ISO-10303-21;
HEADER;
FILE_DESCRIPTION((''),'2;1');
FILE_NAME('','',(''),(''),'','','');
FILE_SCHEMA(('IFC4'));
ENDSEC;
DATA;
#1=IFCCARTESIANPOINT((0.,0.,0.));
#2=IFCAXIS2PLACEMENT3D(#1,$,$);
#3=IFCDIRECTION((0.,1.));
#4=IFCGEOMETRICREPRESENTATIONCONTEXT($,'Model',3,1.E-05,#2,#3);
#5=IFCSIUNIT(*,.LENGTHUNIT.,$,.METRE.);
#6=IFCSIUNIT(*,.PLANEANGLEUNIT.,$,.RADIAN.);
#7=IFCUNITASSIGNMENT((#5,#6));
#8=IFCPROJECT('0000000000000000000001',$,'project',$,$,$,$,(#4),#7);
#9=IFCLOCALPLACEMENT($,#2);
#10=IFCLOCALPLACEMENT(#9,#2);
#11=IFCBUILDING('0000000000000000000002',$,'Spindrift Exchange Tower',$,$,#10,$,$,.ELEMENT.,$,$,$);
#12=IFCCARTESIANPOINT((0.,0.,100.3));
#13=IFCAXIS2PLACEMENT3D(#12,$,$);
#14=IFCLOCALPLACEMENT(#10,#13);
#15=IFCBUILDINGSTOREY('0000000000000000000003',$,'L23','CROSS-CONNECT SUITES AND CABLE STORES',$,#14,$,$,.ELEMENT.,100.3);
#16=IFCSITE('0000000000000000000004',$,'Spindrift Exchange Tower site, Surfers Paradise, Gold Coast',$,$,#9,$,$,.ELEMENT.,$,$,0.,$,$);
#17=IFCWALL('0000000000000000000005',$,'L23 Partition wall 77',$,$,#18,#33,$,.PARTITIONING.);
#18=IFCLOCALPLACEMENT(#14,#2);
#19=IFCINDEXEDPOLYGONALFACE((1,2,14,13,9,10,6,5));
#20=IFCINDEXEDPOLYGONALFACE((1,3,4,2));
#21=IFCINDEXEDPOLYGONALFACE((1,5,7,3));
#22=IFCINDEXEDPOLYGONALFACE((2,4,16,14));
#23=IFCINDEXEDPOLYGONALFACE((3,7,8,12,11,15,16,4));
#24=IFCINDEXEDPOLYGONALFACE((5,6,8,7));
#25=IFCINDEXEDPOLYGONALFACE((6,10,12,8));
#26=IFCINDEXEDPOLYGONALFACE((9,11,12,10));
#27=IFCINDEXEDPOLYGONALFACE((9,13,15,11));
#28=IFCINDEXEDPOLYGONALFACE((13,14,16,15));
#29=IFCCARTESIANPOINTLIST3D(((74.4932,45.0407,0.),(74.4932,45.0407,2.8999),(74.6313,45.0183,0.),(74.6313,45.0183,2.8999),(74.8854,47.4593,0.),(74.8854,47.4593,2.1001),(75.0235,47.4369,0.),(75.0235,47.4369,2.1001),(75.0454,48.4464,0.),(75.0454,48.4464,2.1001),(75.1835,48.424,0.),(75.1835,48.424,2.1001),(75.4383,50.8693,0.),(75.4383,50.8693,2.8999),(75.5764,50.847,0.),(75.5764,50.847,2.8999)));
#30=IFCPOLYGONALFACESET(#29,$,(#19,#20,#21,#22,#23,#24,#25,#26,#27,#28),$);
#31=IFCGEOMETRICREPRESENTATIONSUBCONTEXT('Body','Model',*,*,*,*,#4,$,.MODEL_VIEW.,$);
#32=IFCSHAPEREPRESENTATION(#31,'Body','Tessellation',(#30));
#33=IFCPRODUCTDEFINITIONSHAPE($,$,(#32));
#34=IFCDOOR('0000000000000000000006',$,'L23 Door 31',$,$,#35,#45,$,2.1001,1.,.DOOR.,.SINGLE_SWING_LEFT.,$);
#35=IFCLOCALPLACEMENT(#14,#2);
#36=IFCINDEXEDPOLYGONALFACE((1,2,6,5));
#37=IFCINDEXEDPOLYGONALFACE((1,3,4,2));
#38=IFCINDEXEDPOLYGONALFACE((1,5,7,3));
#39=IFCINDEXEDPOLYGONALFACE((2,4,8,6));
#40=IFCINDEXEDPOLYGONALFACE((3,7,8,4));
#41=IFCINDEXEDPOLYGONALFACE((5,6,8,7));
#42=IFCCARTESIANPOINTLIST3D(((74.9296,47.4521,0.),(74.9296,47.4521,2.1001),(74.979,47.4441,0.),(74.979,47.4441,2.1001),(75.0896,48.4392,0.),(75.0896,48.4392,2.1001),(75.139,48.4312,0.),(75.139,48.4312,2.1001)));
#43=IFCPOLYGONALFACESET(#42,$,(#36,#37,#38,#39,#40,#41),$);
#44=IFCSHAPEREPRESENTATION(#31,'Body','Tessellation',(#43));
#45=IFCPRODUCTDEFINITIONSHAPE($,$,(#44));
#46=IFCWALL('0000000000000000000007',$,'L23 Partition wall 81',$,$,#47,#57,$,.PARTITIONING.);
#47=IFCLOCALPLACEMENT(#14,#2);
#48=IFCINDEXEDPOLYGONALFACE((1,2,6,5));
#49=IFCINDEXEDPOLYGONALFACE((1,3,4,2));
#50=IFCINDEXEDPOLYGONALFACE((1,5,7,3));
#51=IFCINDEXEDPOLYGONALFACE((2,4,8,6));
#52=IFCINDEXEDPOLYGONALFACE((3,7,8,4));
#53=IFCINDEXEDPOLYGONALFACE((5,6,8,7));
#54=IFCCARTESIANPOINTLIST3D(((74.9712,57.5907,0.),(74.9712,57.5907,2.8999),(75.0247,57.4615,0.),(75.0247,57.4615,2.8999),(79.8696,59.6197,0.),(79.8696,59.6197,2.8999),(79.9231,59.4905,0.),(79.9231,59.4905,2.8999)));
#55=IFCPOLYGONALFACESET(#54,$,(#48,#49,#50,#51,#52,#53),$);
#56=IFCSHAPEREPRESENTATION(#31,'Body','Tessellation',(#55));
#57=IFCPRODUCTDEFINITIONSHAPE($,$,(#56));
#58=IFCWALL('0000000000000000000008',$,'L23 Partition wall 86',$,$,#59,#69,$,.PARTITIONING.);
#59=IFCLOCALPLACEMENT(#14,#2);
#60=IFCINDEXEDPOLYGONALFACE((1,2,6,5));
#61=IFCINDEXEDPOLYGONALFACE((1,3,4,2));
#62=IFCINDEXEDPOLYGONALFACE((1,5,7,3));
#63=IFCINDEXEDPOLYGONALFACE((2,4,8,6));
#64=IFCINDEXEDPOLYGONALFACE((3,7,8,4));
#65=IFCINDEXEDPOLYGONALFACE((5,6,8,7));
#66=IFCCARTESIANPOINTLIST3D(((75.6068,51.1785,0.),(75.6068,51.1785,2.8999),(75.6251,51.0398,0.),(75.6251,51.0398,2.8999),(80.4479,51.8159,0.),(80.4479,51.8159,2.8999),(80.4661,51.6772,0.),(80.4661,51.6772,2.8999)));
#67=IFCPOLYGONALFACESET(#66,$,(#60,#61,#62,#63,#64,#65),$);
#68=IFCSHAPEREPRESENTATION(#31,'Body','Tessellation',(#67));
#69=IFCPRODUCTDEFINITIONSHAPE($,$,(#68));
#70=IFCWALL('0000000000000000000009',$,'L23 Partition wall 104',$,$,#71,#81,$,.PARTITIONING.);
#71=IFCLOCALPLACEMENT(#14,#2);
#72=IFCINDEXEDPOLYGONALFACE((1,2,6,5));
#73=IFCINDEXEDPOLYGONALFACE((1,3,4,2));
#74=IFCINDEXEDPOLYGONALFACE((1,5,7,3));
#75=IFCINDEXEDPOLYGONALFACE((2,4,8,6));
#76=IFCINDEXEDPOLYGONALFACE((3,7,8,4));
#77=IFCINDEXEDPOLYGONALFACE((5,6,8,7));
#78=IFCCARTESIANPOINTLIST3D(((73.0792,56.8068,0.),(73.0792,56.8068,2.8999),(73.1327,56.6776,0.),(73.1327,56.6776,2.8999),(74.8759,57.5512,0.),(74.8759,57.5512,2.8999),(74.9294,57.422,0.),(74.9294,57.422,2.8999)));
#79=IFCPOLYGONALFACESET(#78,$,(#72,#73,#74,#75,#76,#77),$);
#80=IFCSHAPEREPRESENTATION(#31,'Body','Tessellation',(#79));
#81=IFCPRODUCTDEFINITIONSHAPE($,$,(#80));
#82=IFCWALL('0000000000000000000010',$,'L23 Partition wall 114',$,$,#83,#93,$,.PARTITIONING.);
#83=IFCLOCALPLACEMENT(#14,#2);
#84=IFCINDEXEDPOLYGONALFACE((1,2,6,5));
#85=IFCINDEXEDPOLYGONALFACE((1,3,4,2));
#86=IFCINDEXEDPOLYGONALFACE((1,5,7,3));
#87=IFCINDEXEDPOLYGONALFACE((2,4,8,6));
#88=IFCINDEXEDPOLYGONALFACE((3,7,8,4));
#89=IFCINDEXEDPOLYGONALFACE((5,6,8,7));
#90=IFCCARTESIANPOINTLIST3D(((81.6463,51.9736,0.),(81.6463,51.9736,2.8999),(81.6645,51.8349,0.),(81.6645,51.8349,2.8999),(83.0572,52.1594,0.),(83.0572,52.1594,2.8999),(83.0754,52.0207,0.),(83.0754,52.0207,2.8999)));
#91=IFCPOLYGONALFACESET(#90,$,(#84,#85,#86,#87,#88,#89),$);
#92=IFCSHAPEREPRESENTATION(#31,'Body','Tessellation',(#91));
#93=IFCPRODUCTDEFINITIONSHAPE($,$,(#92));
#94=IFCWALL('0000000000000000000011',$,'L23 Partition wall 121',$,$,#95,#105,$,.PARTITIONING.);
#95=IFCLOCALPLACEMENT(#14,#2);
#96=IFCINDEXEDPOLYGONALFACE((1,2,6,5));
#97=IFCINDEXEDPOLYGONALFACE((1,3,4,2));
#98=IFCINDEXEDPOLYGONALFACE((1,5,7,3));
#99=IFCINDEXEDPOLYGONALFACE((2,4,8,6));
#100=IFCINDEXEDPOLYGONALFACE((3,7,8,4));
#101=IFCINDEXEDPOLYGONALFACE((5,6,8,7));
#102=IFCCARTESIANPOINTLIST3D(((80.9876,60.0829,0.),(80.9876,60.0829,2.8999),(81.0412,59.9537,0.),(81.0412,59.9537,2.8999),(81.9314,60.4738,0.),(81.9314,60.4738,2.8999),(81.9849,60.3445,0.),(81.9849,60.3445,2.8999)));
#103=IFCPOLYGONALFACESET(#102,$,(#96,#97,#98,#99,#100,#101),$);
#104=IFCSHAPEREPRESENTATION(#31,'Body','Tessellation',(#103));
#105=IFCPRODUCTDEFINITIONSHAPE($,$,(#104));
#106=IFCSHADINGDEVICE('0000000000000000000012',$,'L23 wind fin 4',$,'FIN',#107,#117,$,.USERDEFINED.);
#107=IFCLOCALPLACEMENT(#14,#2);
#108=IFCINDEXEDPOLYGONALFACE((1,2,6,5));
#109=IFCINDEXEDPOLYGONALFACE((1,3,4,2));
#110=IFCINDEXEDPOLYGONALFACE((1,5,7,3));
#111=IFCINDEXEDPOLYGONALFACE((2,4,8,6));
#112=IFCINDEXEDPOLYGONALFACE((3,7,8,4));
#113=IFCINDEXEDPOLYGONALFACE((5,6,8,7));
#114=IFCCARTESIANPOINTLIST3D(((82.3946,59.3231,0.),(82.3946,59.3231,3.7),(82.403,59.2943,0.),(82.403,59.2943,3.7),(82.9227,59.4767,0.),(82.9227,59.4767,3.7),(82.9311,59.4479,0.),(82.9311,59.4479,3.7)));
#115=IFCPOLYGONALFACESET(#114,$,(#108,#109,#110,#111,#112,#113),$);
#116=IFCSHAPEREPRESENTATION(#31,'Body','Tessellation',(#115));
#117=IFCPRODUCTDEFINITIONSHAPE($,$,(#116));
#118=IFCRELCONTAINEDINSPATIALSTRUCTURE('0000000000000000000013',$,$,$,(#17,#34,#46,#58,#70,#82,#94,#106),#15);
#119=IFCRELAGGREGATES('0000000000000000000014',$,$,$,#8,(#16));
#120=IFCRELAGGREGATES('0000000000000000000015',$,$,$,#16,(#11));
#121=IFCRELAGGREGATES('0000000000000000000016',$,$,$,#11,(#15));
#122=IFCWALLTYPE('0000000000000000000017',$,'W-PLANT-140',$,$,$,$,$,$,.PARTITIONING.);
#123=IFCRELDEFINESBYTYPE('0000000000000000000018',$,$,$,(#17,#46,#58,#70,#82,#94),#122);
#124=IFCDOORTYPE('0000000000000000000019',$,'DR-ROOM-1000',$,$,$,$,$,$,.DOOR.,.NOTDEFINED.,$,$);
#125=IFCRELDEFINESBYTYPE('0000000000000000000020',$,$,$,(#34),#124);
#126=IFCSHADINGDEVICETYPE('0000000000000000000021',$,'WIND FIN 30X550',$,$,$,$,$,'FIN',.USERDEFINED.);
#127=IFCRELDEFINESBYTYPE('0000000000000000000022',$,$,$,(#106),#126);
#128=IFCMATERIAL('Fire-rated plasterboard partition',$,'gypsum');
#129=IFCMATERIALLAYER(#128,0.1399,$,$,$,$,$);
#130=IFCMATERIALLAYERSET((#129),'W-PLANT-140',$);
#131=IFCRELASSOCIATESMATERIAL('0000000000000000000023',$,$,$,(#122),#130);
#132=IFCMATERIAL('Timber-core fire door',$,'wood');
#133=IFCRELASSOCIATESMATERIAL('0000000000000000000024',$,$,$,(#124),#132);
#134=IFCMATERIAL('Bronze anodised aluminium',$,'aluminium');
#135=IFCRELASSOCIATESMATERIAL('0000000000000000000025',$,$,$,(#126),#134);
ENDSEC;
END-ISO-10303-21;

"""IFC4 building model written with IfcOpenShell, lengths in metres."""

from ifc_helpers import new_model, si_unit, direction, frame, frame_2d, origin, origin_2d, place, context, subcontext, project, spatial, rectangle, extrude, source, transform, mapped, material, layer, layer_set, material_profile, profile_set, type_object, element, fill, save


model = new_model("IFC4")

# Units and contexts
model_context = context("Model", 3, precision=1e-05, world=origin(), true_north=direction((0.0, 1.0)))
body_context = subcontext(model_context, "Body", "Model", "MODEL_VIEW")
ifc_project = project(units=[si_unit("LENGTHUNIT", "METRE"), si_unit("PLANEANGLEUNIT", "RADIAN")], contexts=[model_context])

# Site, building, storey
site_placement = place(None, origin())
site = spatial("IfcSite", under=ifc_project, at=site_placement, Name="Spindrift Exchange Tower site, Surfers Paradise, Gold Coast", CompositionType="ELEMENT", RefElevation=0.0)
building_placement = place(site_placement, origin())
building = spatial("IfcBuilding", under=site, at=building_placement, Name="Spindrift Exchange Tower", CompositionType="ELEMENT")
storey_placement = place(building_placement, frame((0.0, 0.0, 100.3)))
storey = spatial("IfcBuildingStorey", under=building, at=storey_placement, Name="L23", Description="CROSS-CONNECT SUITES AND CABLE STORES", CompositionType="ELEMENT", Elevation=100.3)

# Shared definitions
ifc_material_1 = material(Name="Bronze anodised aluminium", Category="aluminium")

# Wall, opening, door
ifc_material_2 = material(Name="Fire-rated plasterboard partition", Category="gypsum")
ifc_layer_1 = layer(ifc_material_2, 0.1399)
ifc_layer_set_1 = layer_set([ifc_layer_1], Name="W-PLANT-140")
wall_type = type_object("IfcWallType", Name="W-PLANT-140", PredefinedType="PARTITIONING", material=ifc_layer_set_1)
ifc_material_3 = material(Name="Timber-core fire door", Category="wood")
door_type = type_object("IfcDoorType", Name="DR-ROOM-1000", OperationType="NOTDEFINED", PredefinedType="DOOR", material=ifc_material_3)
shared_shape_1 = source(origin(), body_context, "Body", "SweptSolid", [
    extrude(rectangle(XDim=1.0, YDim=2.1001, at=frame_2d((0.5, 1.05))), frame((0.0, 0.0249, 0.0), z_axis=(0.0, -1.0, 0.0), x_axis=(1.0, 0.0, 0.0)), (0.0, 0.0, 1.0), 0.05),
])
wall_1_placement = place(storey_placement, frame((75.5073, 50.8582, 0.0), z_axis=(0.0, 0.0, 1.0), x_axis=(-0.160053, -0.987108, 0.0)))
wall_1 = element("IfcWall", 1, at=wall_1_placement, inside=storey, type_object=wall_type, Name="L23 Partition wall 77", PredefinedType="PARTITIONING", context=body_context, shape_type="SweptSolid", body=[
    extrude(rectangle(XDim=5.9048, YDim=0.1399, at=frame_2d((2.9524, 0.0))), origin(), (0.0, 0.0, 1.0), 2.8999),
])
opening_1_placement = place(wall_1_placement, frame((2.4546, 0.0, 0.0)))
opening_1 = element("IfcOpeningElement", 2, at=opening_1_placement, cuts=wall_1, PredefinedType="OPENING", context=body_context, shape_type="SweptSolid", body=[
    extrude(rectangle(XDim=1.0, YDim=2.1001, at=frame_2d((0.5, 1.05))), frame((0.0, 0.0798, 0.0), z_axis=(0.0, -1.0, 0.0), x_axis=(1.0, 0.0, 0.0)), (0.0, 0.0, 1.0), 0.1599),
])
door_1_placement = place(opening_1_placement, origin())
door_1 = element("IfcDoor", 3, at=door_1_placement, inside=storey, type_object=door_type, Name="L23 Door 31", OperationType="SINGLE_SWING_LEFT", OverallHeight=2.1001, OverallWidth=1.0, PredefinedType="DOOR", context=body_context, shape_type="MappedRepresentation", body=[
    mapped(shared_shape_1, transform((0.0, 0.0, 0.0), scale=1.0)),
])
fill(opening_1, door_1)

# Walls
wall_2_placement = place(storey_placement, frame((74.998, 57.5261, 0.0), z_axis=(0.0, 0.0, 1.0), x_axis=(0.923876, 0.382692, 0.0)))
element("IfcWall", 4, at=wall_2_placement, inside=storey, type_object=wall_type, Name="L23 Partition wall 81", PredefinedType="PARTITIONING", context=body_context, shape_type="SweptSolid", body=[
    extrude(rectangle(XDim=5.302, YDim=0.1399, at=frame_2d((2.6509, 0.0))), origin(), (0.0, 0.0, 1.0), 2.8999),
])
wall_3_placement = place(storey_placement, frame((75.616, 51.1091, 0.0), z_axis=(0.0, 0.0, 1.0), x_axis=(0.991442, 0.130549, 0.0)))
element("IfcWall", 5, at=wall_3_placement, inside=storey, type_object=wall_type, Name="L23 Partition wall 86", PredefinedType="PARTITIONING", context=body_context, shape_type="SweptSolid", body=[
    extrude(rectangle(XDim=4.8828, YDim=0.1399, at=frame_2d((2.4414, 0.0))), origin(), (0.0, 0.0, 1.0), 2.8999),
])
wall_4_placement = place(storey_placement, frame((73.106, 56.7422, 0.0), z_axis=(0.0, 0.0, 1.0), x_axis=(0.923844, 0.382769, 0.0)))
element("IfcWall", 6, at=wall_4_placement, inside=storey, type_object=wall_type, Name="L23 Partition wall 104", PredefinedType="PARTITIONING", context=body_context, shape_type="SweptSolid", body=[
    extrude(rectangle(XDim=1.9448, YDim=0.1399, at=frame_2d((0.9724, 0.0))), origin(), (0.0, 0.0, 1.0), 2.8999),
])
wall_5_placement = place(storey_placement, frame((81.6555, 51.9043, 0.0), z_axis=(0.0, 0.0, 1.0), x_axis=(0.991441, 0.130557, 0.0)))
element("IfcWall", 7, at=wall_5_placement, inside=storey, type_object=wall_type, Name="L23 Partition wall 114", PredefinedType="PARTITIONING", context=body_context, shape_type="SweptSolid", body=[
    extrude(rectangle(XDim=1.4231, YDim=0.1399, at=frame_2d((0.7114, 0.0))), origin(), (0.0, 0.0, 1.0), 2.8999),
])
wall_6_placement = place(storey_placement, frame((81.0144, 60.0183, 0.0), z_axis=(0.0, 0.0, 1.0), x_axis=(0.923909, 0.382612, 0.0)))
element("IfcWall", 8, at=wall_6_placement, inside=storey, type_object=wall_type, Name="L23 Partition wall 121", PredefinedType="PARTITIONING", context=body_context, shape_type="SweptSolid", body=[
    extrude(rectangle(XDim=1.0215, YDim=0.1399, at=frame_2d((0.5107, 0.0))), origin(), (0.0, 0.0, 1.0), 2.8999),
])

# Shading device
ifc_material_profile_1 = material_profile(ifc_material_1, rectangle(XDim=0.03, YDim=0.55, at=origin_2d()), Name="WIND FIN 30X550")
ifc_profile_set_1 = profile_set([ifc_material_profile_1], Name="Bronze anodised aluminium")
shading_device_type = type_object("IfcShadingDeviceType", Name="WIND FIN 30X550", ElementType="FIN", PredefinedType="USERDEFINED", material=ifc_profile_set_1)
shared_shape_2 = source(origin(), body_context, "Body", "SweptSolid", [
    extrude(rectangle(XDim=0.03, YDim=0.55, at=origin_2d()), origin(), (0.0, 0.0, 1.0), 3.7),
])
shading_device_placement = place(storey_placement, frame((82.6628, 59.3855, 0.0), z_axis=(0.0, 0.0, 1.0), x_axis=(-0.279315, 0.9602, 0.0)))
element("IfcShadingDevice", 9, at=shading_device_placement, inside=storey, type_object=shading_device_type, Name="L23 wind fin 4", ObjectType="FIN", PredefinedType="USERDEFINED", context=body_context, shape_type="MappedRepresentation", body=[
    mapped(shared_shape_2, transform((0.0, 0.0, 0.0), scale=1.0)),
])

save(model, "model.ifc")
